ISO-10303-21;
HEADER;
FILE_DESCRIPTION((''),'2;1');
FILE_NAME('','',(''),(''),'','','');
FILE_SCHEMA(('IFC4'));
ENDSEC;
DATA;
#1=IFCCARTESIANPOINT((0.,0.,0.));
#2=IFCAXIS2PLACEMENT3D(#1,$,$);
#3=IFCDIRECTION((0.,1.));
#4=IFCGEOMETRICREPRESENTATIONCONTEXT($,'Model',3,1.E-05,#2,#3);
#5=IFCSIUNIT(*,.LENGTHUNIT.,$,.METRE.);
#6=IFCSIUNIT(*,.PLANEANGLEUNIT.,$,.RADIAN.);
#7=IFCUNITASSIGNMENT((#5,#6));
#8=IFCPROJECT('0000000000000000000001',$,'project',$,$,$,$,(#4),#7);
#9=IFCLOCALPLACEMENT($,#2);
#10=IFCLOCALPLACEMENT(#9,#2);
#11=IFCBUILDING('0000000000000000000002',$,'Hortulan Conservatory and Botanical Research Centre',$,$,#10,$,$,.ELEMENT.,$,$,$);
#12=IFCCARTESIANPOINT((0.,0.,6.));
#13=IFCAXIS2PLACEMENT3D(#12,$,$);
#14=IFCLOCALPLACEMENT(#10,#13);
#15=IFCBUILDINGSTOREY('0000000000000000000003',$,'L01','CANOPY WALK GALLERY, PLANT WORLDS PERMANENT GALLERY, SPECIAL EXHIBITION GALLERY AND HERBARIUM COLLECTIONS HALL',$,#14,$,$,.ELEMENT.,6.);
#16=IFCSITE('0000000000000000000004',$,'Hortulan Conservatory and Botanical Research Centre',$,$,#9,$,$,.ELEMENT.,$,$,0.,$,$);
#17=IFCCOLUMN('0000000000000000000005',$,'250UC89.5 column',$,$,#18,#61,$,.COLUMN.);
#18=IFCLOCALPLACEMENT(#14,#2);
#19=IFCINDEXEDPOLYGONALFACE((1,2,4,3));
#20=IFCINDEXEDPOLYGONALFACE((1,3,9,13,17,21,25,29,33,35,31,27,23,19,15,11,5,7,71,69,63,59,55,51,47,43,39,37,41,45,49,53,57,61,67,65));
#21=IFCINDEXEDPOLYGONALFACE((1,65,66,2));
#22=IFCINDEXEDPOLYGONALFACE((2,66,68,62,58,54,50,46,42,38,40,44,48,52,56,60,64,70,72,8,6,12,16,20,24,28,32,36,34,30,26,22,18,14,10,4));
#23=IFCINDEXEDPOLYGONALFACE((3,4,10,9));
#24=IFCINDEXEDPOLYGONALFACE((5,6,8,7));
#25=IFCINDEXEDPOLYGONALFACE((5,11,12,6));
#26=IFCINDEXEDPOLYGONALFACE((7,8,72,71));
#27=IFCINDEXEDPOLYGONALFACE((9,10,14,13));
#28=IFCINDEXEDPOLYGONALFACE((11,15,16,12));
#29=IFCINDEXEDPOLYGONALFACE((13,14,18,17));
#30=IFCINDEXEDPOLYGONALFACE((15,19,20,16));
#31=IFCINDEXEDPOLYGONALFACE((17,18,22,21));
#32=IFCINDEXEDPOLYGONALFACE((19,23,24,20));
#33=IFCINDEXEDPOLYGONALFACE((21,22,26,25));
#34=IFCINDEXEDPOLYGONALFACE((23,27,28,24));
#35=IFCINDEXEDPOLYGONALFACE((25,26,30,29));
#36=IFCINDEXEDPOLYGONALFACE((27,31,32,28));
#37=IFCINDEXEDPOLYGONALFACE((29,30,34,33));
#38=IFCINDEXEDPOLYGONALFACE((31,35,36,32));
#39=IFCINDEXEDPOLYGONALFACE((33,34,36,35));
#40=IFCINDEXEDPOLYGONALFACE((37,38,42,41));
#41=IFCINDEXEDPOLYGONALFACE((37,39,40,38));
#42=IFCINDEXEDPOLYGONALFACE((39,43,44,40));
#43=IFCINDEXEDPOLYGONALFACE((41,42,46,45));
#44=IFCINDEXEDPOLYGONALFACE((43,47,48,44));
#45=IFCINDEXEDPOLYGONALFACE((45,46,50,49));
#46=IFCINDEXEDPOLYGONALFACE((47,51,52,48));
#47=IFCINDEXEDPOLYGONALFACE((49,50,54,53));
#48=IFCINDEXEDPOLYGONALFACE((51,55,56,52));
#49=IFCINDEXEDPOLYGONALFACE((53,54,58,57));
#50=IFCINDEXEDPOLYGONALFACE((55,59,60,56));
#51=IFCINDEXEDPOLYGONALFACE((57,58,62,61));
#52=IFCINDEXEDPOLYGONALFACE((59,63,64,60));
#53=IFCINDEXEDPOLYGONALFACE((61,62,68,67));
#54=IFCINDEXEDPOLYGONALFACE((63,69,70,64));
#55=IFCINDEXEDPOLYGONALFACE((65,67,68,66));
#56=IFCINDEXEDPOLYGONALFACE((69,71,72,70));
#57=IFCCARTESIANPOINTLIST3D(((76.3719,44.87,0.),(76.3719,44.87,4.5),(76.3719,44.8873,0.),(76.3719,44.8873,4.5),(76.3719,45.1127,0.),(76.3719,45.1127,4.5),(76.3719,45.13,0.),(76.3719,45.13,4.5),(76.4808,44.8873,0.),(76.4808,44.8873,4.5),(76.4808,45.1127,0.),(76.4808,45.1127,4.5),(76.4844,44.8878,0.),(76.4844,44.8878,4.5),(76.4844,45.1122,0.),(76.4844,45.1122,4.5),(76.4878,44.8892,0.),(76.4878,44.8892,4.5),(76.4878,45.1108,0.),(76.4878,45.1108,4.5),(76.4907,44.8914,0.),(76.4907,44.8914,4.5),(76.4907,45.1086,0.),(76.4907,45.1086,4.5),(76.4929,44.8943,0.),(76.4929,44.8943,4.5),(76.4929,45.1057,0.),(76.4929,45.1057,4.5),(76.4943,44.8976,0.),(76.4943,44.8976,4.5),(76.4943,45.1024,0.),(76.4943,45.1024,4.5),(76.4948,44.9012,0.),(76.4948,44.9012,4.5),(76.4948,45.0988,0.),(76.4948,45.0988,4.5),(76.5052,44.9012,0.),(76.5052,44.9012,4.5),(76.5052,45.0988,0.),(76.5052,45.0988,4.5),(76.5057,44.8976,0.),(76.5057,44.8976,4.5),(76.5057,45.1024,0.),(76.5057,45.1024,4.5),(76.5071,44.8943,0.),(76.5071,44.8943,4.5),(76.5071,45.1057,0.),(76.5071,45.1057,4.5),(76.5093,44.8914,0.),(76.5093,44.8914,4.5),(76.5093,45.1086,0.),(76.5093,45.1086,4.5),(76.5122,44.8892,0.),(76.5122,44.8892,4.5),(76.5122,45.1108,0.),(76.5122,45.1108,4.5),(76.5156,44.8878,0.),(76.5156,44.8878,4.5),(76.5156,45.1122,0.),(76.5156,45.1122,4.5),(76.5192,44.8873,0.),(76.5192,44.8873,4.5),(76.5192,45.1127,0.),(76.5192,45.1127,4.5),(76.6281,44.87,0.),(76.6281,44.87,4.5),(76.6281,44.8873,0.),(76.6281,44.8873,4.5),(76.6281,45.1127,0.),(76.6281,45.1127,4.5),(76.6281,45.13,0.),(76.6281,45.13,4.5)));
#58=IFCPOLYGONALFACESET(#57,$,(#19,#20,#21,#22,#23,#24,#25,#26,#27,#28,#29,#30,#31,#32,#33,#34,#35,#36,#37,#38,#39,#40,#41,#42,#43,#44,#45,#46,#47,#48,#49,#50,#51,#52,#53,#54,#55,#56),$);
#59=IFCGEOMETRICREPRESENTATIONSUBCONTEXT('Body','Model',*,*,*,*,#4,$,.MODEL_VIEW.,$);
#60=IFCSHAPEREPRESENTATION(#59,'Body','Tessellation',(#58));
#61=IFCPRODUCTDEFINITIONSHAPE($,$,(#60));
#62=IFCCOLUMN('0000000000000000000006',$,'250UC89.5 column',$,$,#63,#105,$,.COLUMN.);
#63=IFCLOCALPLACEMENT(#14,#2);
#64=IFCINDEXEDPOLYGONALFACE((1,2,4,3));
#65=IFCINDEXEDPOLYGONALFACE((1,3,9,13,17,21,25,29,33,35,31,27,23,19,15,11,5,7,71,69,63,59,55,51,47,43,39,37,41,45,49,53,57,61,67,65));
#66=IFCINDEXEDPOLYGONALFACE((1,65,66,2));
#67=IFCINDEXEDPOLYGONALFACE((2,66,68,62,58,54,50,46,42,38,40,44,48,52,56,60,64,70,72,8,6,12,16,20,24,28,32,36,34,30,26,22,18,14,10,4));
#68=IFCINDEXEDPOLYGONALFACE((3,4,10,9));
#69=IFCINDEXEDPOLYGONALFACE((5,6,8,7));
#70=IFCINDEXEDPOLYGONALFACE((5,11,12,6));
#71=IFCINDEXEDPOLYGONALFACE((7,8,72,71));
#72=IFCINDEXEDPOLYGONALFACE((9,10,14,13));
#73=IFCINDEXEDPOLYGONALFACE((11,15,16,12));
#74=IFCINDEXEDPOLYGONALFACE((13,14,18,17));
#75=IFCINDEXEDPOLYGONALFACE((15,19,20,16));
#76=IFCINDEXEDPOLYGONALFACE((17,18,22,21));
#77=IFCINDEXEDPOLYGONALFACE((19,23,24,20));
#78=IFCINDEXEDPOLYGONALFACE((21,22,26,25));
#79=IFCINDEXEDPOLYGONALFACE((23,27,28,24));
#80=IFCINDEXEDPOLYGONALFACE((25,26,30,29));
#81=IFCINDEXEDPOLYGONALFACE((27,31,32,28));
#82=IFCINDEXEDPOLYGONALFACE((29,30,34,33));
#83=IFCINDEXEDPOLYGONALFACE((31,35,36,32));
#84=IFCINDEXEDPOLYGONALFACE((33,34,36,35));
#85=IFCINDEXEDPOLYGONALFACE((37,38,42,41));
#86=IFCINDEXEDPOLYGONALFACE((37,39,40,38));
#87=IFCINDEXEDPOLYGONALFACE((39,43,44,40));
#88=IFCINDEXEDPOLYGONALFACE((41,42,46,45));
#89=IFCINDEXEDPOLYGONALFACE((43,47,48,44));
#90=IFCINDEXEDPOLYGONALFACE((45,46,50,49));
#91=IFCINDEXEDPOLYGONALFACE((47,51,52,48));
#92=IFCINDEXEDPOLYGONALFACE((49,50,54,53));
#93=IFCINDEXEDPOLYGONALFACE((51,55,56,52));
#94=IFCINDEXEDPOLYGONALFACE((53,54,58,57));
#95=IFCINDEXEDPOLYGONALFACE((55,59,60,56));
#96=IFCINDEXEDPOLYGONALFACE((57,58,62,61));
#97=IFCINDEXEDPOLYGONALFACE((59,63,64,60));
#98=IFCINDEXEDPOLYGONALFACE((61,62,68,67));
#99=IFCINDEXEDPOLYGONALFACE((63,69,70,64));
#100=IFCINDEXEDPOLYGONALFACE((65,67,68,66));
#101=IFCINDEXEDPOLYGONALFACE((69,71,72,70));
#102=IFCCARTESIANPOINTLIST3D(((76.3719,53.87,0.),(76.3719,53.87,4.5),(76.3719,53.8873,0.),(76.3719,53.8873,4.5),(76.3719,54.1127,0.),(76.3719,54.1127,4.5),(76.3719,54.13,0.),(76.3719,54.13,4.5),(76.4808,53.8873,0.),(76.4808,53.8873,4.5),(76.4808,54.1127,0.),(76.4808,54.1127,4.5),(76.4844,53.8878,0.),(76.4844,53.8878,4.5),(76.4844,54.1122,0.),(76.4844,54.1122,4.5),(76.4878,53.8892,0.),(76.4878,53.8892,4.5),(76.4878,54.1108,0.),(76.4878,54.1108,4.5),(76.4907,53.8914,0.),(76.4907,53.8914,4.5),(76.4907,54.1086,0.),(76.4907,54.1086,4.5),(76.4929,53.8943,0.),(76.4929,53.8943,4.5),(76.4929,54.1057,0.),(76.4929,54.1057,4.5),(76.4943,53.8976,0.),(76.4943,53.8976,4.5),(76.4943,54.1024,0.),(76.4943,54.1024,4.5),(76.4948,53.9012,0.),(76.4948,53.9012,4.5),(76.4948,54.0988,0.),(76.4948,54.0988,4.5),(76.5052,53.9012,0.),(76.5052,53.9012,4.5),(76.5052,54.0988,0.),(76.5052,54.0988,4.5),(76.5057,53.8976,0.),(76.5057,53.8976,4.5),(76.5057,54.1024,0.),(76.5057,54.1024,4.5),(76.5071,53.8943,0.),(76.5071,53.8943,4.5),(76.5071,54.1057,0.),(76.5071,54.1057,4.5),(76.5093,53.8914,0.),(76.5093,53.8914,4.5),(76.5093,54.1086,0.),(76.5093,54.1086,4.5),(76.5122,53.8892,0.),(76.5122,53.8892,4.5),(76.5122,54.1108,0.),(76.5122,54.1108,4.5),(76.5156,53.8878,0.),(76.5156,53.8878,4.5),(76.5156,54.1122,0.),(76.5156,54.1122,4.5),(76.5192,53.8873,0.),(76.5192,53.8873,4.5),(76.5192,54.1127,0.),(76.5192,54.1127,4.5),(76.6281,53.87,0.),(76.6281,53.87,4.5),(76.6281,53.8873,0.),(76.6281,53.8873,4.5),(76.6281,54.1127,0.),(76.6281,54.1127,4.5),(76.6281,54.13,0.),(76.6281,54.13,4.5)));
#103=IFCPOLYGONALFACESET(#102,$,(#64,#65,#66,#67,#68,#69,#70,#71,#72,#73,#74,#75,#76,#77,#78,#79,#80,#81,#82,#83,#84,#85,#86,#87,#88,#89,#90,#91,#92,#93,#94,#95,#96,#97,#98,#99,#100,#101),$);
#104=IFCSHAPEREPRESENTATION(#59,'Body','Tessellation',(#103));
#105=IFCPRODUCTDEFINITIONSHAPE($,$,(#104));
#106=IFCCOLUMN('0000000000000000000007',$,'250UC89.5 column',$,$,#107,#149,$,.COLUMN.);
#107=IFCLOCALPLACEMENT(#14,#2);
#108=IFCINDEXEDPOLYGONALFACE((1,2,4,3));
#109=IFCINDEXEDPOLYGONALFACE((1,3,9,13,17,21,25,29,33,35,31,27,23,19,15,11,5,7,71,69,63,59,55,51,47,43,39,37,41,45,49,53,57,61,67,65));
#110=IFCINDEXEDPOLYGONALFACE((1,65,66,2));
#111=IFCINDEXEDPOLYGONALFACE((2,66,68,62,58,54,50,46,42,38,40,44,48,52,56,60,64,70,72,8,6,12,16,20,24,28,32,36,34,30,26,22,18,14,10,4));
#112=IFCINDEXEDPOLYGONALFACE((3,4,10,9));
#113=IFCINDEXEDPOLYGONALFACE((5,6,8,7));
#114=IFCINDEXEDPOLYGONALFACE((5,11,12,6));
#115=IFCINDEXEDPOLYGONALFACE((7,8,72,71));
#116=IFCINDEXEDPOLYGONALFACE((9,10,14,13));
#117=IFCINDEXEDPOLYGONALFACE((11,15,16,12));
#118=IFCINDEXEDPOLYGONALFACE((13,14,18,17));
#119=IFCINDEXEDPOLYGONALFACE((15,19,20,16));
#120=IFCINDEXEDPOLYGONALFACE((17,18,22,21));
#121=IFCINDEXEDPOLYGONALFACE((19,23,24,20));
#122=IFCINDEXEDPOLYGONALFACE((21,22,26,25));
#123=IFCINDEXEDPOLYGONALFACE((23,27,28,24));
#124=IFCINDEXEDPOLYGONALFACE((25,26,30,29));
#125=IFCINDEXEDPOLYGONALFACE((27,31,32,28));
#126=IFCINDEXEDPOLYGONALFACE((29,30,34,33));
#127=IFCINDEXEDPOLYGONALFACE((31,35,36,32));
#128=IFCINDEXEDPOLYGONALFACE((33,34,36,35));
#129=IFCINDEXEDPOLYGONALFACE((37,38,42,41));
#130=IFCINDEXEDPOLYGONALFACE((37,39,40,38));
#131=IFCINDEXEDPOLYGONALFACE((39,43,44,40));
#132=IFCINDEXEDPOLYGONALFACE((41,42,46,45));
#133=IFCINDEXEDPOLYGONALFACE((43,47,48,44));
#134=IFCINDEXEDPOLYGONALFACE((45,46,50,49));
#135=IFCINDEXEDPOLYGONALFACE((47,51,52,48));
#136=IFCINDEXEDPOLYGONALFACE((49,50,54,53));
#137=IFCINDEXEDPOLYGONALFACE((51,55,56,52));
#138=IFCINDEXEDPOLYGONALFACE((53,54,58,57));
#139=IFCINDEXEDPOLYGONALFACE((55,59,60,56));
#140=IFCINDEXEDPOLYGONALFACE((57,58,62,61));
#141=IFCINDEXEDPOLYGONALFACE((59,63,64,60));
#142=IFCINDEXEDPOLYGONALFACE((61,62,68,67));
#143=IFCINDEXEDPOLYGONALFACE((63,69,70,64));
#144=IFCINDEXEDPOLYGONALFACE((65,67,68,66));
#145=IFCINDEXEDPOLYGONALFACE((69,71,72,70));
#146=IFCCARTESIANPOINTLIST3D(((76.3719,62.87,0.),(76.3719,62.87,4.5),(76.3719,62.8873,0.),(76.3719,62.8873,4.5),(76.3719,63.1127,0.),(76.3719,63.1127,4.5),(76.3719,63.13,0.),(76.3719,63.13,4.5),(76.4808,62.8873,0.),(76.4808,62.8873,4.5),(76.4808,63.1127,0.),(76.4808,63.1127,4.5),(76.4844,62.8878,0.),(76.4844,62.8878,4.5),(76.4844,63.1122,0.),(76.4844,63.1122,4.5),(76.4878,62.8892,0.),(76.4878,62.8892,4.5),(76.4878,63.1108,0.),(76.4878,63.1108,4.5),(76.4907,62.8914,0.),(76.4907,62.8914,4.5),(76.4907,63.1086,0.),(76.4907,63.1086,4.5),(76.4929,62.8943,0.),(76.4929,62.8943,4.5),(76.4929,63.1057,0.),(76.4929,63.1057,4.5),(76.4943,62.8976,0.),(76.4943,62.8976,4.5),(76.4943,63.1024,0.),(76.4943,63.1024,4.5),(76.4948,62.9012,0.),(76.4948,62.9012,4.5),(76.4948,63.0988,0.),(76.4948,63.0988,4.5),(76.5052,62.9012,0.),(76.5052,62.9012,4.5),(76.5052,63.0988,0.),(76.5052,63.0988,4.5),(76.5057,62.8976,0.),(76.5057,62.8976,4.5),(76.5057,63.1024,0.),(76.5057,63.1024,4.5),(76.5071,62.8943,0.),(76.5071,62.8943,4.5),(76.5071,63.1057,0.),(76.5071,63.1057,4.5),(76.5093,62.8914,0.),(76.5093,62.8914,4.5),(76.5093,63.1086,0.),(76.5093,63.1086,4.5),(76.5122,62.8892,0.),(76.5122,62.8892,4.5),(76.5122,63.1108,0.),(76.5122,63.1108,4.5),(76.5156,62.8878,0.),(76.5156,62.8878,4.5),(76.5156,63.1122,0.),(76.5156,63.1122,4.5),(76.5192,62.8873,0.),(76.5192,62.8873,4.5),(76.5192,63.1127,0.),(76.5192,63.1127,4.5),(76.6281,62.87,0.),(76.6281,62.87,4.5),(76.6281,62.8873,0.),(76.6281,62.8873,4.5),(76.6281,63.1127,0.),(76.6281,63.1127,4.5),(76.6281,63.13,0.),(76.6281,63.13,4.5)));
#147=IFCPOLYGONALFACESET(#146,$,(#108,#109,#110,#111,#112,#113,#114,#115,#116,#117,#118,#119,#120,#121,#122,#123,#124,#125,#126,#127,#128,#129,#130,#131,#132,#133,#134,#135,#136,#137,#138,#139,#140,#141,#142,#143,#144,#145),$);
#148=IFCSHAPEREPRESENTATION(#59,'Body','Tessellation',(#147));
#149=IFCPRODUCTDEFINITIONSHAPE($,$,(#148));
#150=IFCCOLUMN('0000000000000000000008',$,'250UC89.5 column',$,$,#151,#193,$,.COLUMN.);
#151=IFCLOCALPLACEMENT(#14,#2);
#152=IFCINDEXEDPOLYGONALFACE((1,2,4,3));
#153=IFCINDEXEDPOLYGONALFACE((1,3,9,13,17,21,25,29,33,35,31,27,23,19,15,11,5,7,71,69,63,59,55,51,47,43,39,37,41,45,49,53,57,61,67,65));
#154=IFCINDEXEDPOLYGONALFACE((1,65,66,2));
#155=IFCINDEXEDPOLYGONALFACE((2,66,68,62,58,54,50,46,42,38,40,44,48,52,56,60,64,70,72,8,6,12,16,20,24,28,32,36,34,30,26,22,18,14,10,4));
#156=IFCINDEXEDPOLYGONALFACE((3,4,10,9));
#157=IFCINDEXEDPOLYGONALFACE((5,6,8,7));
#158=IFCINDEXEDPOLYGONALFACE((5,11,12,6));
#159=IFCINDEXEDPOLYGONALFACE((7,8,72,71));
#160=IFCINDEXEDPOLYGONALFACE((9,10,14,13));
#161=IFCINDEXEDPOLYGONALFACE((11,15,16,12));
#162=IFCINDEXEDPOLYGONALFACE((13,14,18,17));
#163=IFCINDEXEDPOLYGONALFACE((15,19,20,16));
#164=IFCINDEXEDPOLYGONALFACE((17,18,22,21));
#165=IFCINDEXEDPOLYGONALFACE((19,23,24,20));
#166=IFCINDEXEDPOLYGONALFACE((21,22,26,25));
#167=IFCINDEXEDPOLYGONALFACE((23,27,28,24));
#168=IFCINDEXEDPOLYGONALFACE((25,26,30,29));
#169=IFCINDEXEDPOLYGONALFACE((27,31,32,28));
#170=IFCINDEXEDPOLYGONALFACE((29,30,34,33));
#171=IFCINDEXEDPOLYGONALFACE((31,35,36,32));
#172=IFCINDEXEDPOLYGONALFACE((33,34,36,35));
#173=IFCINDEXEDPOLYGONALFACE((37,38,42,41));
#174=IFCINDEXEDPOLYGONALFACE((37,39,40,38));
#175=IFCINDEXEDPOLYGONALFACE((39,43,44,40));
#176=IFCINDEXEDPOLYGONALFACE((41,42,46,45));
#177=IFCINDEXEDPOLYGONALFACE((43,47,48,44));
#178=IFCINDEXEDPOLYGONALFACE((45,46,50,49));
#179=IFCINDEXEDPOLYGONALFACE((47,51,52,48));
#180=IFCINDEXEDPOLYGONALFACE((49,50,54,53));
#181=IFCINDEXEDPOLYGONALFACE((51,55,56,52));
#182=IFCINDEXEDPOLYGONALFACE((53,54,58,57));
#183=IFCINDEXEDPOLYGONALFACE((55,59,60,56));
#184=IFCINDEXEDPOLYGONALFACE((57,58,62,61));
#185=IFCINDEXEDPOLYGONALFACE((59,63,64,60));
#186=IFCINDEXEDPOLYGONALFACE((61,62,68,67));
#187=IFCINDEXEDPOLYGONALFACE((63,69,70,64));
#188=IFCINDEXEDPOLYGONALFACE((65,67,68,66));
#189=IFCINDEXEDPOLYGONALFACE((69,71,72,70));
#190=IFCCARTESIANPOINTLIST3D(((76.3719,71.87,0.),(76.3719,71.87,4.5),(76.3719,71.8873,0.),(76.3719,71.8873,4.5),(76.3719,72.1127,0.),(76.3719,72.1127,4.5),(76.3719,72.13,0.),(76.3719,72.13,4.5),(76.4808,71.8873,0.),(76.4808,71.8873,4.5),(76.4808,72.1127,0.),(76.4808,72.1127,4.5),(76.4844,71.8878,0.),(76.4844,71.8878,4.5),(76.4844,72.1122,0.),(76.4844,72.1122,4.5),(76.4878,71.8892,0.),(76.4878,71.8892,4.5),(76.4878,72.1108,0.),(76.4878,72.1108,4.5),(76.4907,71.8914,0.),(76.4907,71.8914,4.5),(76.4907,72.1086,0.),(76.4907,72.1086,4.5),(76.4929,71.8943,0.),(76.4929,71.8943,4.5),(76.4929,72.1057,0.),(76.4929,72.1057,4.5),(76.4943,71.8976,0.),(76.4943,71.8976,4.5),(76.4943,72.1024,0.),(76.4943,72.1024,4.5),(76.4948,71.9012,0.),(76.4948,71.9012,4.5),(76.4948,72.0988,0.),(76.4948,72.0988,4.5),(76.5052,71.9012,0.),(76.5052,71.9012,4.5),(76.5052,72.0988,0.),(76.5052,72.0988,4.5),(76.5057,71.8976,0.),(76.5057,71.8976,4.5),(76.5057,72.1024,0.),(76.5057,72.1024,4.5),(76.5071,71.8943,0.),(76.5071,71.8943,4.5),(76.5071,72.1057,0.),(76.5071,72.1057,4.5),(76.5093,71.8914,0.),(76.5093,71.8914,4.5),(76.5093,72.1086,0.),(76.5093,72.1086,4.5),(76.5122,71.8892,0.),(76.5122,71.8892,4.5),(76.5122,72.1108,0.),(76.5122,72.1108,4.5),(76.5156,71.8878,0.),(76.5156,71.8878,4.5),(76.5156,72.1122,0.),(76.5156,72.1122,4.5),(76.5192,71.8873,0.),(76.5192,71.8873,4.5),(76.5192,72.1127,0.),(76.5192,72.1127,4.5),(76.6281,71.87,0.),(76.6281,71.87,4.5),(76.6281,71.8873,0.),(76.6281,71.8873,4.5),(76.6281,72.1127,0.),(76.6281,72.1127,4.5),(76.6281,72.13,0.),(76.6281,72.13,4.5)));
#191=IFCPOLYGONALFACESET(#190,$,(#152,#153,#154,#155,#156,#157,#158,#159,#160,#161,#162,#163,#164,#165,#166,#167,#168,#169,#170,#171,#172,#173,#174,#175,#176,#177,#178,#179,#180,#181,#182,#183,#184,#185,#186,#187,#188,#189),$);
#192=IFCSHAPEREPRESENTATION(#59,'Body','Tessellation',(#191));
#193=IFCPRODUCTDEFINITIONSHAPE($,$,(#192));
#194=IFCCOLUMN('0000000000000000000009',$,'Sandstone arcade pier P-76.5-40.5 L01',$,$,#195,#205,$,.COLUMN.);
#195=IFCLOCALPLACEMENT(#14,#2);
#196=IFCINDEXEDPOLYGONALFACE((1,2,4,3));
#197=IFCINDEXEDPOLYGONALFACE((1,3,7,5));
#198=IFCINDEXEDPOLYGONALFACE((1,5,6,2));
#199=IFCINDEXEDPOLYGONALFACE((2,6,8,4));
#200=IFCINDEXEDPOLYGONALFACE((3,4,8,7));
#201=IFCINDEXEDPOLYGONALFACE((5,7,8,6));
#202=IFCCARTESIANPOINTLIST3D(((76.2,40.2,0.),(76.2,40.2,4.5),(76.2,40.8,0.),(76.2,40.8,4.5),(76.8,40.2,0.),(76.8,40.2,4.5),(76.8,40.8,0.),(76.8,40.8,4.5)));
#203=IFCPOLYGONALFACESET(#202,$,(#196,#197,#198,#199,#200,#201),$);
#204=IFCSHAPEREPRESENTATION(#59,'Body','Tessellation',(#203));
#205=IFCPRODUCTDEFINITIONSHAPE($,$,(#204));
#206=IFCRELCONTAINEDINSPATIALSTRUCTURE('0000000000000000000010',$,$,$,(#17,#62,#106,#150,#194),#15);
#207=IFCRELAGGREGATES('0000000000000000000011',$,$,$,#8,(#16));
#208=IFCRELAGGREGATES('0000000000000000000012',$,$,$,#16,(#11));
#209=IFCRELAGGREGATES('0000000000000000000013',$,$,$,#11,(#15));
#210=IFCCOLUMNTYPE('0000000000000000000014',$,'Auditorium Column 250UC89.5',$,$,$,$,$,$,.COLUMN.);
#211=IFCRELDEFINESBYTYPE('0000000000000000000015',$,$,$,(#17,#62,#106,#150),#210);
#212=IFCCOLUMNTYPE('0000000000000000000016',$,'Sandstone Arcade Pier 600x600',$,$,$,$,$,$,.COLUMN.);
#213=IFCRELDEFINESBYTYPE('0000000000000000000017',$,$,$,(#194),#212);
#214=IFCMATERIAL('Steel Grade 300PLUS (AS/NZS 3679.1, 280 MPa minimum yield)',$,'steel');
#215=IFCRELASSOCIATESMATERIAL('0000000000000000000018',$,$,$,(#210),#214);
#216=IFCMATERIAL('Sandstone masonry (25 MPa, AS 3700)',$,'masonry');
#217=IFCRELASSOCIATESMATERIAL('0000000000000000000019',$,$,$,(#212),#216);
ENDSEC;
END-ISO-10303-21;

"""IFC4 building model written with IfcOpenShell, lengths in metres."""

from ifc_helpers import new_model, si_unit, direction, frame, origin, origin_2d, place, context, subcontext, project, spatial, rectangle, i_section, extrude, material, material_profile, profile_set, type_object, element, save


model = new_model("IFC4")

# Units and contexts
model_context = context("Model", 3, precision=1e-05, world=origin(), true_north=direction((0.0, 1.0)))
body_context = subcontext(model_context, "Body", "Model", "MODEL_VIEW")
ifc_project = project(units=[si_unit("LENGTHUNIT", "METRE"), si_unit("PLANEANGLEUNIT", "RADIAN")], contexts=[model_context])

# Site, building, storey
site_placement = place(None, origin())
site = spatial("IfcSite", under=ifc_project, at=site_placement, Name="Hortulan Conservatory and Botanical Research Centre", CompositionType="ELEMENT", RefElevation=0.0)
building_placement = place(site_placement, origin())
building = spatial("IfcBuilding", under=site, at=building_placement, Name="Hortulan Conservatory and Botanical Research Centre", CompositionType="ELEMENT")
storey_placement = place(building_placement, frame((0.0, 0.0, 6.0)))
storey = spatial("IfcBuildingStorey", under=building, at=storey_placement, Name="L01", Description="CANOPY WALK GALLERY, PLANT WORLDS PERMANENT GALLERY, SPECIAL EXHIBITION GALLERY AND HERBARIUM COLLECTIONS HALL", CompositionType="ELEMENT", Elevation=6.0)

# Columns
ifc_material_1 = material(Name="Steel Grade 300PLUS (AS/NZS 3679.1, 280 MPa minimum yield)", Category="steel")
ifc_material_profile_1 = material_profile(ifc_material_1, i_section(OverallWidth=0.2561, OverallDepth=0.26, WebThickness=0.0105, FlangeThickness=0.0173, FilletRadius=0.0139, at=origin_2d()), Name="250UC89.5")
ifc_profile_set_1 = profile_set([ifc_material_profile_1], Name="Steel Grade 300PLUS (AS/NZS 3679.1, 280 MPa minimum yield)")
column_type_1 = type_object("IfcColumnType", Name="Auditorium Column 250UC89.5", PredefinedType="COLUMN", material=ifc_profile_set_1)
for number, where, z_axis, x_axis, name in (
    (1, (76.5, 45.0, 0.0), (0.0, 0.0, 1.0), (1.0, 0.0, 0.0), "250UC89.5 column"),
    (2, (76.5, 54.0, 0.0), (0.0, 0.0, 1.0), (1.0, 0.0, 0.0), "250UC89.5 column"),
    (3, (76.5, 63.0, 0.0), (0.0, 0.0, 1.0), (1.0, 0.0, 0.0), "250UC89.5 column"),
    (4, (76.5, 72.0, 0.0), (0.0, 0.0, 1.0), (1.0, 0.0, 0.0), "250UC89.5 column"),
):
    element("IfcColumn", number, at=place(storey_placement, frame(where, z_axis=z_axis, x_axis=x_axis)), inside=storey, type_object=column_type_1, Name=name, PredefinedType="COLUMN", context=body_context, shape_type="SweptSolid", body=[
        extrude(i_section(OverallWidth=0.2561, OverallDepth=0.26, WebThickness=0.0105, FlangeThickness=0.0173, FilletRadius=0.0139, at=origin_2d()), origin(), (0.0, 0.0, 1.0), 4.5),
    ])
ifc_material_2 = material(Name="Sandstone masonry (25 MPa, AS 3700)", Category="masonry")
ifc_material_profile_2 = material_profile(ifc_material_2, rectangle(XDim=0.6001, YDim=0.6001, at=origin_2d()), Name="Square pier 600")
ifc_profile_set_2 = profile_set([ifc_material_profile_2], Name="Sandstone masonry (25 MPa, AS 3700)")
column_type_2 = type_object("IfcColumnType", Name="Sandstone Arcade Pier 600x600", PredefinedType="COLUMN", material=ifc_profile_set_2)
for number, where, z_axis, x_axis, name in (
    (5, (76.5, 40.5, 0.0), (0.0, 0.0, 1.0), (1.0, 0.0, 0.0), "Sandstone arcade pier P-76.5-40.5 L01"),
):
    element("IfcColumn", number, at=place(storey_placement, frame(where, z_axis=z_axis, x_axis=x_axis)), inside=storey, type_object=column_type_2, Name=name, PredefinedType="COLUMN", context=body_context, shape_type="SweptSolid", body=[
        extrude(rectangle(XDim=0.6001, YDim=0.6001, at=origin_2d()), origin(), (0.0, 0.0, 1.0), 4.5),
    ])

save(model, "model.ifc")
